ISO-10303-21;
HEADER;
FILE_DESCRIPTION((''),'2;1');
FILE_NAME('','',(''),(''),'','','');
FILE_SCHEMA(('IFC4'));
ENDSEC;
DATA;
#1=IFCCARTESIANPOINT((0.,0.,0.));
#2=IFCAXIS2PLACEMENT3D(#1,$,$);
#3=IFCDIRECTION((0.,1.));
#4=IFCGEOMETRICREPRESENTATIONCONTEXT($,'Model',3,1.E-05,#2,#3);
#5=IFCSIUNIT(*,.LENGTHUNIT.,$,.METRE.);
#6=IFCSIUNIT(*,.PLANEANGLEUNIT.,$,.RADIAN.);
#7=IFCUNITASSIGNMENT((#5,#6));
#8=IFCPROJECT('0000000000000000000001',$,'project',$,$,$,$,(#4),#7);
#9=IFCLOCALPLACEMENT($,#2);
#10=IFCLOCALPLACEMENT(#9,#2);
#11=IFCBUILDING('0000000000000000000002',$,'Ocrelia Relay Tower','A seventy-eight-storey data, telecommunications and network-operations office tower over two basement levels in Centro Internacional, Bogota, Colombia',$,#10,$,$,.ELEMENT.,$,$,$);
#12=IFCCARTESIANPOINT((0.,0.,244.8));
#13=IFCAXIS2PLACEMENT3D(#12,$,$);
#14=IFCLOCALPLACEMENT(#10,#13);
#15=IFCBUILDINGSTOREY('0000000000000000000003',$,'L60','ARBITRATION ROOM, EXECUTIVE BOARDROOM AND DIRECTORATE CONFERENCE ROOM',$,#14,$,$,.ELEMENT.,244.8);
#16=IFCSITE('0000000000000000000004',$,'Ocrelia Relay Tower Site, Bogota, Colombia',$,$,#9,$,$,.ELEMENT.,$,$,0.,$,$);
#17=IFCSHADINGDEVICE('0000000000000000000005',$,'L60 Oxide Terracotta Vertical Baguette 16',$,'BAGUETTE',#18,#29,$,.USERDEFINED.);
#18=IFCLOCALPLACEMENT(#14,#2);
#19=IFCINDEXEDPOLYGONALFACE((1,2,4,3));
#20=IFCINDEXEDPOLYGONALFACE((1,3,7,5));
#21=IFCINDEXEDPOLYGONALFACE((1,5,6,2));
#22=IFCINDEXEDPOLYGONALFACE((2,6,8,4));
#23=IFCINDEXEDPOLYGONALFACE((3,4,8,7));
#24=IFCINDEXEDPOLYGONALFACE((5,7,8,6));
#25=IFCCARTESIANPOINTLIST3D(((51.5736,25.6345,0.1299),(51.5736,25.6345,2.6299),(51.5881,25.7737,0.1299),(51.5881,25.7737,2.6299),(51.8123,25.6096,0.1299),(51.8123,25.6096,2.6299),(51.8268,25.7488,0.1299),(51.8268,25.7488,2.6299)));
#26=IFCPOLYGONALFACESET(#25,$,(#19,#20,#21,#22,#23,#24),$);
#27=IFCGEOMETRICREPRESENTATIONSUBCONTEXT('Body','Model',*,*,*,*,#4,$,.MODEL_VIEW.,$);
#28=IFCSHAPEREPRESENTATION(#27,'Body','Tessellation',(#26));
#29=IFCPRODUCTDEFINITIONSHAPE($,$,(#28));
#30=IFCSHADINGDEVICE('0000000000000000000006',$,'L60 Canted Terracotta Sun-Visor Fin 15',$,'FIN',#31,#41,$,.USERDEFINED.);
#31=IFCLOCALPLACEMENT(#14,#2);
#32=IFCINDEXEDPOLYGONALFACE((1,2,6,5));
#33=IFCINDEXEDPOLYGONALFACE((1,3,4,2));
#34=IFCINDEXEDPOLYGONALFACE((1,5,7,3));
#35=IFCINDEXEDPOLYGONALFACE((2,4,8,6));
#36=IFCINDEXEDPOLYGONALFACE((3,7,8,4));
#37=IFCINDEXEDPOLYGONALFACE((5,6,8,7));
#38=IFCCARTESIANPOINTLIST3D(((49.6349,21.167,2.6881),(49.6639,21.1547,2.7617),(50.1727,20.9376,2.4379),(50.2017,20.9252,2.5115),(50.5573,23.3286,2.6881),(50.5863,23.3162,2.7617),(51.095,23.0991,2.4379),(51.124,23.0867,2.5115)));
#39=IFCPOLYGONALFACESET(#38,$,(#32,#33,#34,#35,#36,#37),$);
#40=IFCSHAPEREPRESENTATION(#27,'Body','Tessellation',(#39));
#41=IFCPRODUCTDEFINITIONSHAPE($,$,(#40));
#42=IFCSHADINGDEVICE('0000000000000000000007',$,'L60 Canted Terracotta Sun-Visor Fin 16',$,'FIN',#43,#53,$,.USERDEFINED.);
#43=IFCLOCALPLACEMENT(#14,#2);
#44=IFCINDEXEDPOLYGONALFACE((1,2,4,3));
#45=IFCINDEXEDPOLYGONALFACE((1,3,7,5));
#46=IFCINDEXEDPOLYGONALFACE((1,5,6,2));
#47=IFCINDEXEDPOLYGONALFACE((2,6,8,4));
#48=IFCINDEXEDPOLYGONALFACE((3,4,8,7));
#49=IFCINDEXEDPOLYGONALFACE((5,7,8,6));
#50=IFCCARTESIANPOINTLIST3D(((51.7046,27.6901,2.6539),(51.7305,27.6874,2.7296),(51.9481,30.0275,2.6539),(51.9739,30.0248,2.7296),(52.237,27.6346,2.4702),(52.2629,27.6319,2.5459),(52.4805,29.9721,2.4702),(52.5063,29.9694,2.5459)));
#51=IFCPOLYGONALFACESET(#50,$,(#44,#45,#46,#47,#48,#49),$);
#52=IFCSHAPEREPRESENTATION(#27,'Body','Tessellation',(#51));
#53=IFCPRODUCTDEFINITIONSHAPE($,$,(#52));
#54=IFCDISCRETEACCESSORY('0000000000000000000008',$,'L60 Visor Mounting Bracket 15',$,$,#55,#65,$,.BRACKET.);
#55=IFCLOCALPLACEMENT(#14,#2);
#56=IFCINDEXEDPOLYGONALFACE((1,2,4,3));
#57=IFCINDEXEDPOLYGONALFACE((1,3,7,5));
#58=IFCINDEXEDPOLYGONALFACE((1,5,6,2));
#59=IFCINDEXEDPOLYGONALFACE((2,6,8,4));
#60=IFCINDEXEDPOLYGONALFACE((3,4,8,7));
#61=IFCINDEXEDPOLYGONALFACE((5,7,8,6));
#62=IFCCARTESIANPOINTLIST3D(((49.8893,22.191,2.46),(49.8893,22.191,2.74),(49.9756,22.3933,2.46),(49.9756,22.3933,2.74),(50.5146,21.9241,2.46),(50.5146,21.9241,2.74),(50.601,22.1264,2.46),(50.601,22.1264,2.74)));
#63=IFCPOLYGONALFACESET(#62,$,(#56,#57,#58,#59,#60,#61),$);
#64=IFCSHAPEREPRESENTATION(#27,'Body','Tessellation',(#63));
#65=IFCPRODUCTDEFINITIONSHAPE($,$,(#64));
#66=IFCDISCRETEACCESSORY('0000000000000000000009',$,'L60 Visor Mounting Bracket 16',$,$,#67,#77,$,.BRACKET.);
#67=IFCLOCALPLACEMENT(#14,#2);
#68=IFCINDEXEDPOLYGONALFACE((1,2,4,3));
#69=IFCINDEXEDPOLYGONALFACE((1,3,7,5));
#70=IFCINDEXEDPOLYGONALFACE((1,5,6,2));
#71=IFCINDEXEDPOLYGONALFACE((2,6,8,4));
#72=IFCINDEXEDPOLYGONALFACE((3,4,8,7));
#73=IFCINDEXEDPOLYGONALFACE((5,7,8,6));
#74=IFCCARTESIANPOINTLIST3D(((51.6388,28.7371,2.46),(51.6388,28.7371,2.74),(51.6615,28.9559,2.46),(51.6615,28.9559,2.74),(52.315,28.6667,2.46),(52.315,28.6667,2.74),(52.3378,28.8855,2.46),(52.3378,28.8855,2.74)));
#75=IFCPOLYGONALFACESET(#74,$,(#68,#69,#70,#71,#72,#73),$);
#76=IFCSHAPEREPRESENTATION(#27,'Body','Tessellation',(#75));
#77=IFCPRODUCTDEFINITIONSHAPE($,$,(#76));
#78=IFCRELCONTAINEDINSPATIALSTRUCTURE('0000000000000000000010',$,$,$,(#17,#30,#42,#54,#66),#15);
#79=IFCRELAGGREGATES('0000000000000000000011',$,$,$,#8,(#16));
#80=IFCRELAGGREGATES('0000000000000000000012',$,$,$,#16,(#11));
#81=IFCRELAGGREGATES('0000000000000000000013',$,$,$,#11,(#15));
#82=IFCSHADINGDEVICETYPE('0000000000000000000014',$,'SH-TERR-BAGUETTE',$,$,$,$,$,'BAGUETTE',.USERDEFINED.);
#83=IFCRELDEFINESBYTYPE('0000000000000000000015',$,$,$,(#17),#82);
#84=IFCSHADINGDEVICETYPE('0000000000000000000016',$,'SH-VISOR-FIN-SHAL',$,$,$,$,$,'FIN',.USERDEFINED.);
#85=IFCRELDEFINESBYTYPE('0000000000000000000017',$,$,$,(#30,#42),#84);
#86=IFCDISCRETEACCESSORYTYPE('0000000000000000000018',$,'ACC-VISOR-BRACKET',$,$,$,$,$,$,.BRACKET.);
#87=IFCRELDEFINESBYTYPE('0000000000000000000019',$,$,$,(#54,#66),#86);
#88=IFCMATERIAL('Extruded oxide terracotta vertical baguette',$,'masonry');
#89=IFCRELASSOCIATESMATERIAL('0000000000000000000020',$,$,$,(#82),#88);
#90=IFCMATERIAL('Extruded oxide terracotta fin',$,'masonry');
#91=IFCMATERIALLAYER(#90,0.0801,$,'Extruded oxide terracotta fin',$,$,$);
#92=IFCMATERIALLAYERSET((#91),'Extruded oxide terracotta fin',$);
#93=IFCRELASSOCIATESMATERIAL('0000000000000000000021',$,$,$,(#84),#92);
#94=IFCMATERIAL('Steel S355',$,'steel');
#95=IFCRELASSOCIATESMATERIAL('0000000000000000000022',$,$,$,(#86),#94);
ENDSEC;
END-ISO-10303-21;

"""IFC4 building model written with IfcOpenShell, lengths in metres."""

from ifc_helpers import new_model, si_unit, direction, frame, origin, origin_2d, place, context, subcontext, project, spatial, rectangle, extrude, material, layer, layer_set, type_object, element, save


model = new_model("IFC4")

# Units and contexts
model_context = context("Model", 3, precision=1e-05, world=origin(), true_north=direction((0.0, 1.0)))
body_context = subcontext(model_context, "Body", "Model", "MODEL_VIEW")
ifc_project = project(units=[si_unit("LENGTHUNIT", "METRE"), si_unit("PLANEANGLEUNIT", "RADIAN")], contexts=[model_context])

# Site, building, storey
site_placement = place(None, origin())
site = spatial("IfcSite", under=ifc_project, at=site_placement, Name="Ocrelia Relay Tower Site, Bogota, Colombia", CompositionType="ELEMENT", RefElevation=0.0)
building_placement = place(site_placement, origin())
building = spatial("IfcBuilding", under=site, at=building_placement, Name="Ocrelia Relay Tower", Description="A seventy-eight-storey data, telecommunications and network-operations office tower over two basement levels in Centro Internacional, Bogota, Colombia", CompositionType="ELEMENT")
storey_placement = place(building_placement, frame((0.0, 0.0, 244.8)))
storey = spatial("IfcBuildingStorey", under=building, at=storey_placement, Name="L60", Description="ARBITRATION ROOM, EXECUTIVE BOARDROOM AND DIRECTORATE CONFERENCE ROOM", CompositionType="ELEMENT", Elevation=244.8)

# Shared definitions
ifc_material_1 = material(Name="Steel S355", Category="steel")

# Shading devices
ifc_material_2 = material(Name="Extruded oxide terracotta vertical baguette", Category="masonry")
shading_device_type_1 = type_object("IfcShadingDeviceType", Name="SH-TERR-BAGUETTE", ElementType="BAGUETTE", PredefinedType="USERDEFINED", material=ifc_material_2)
for number, where, z_axis, x_axis, name in (
    (1, (51.7002, 25.6917, 0.1299), (0.0, 0.0, 1.0), (0.103596, 0.99462, 0.0), "L60 Oxide Terracotta Vertical Baguette 16"),
):
    element("IfcShadingDevice", number, at=place(storey_placement, frame(where, z_axis=z_axis, x_axis=x_axis)), inside=storey, type_object=shading_device_type_1, Name=name, ObjectType="BAGUETTE", PredefinedType="USERDEFINED", context=body_context, shape_type="SweptSolid", body=[
        extrude(rectangle(XDim=0.1399, YDim=0.24, at=origin_2d()), origin(), (0.0, 0.0, 1.0), 2.5),
    ])
ifc_material_3 = material(Name="Extruded oxide terracotta fin", Category="masonry")
ifc_layer_1 = layer(ifc_material_3, 0.0801, Name="Extruded oxide terracotta fin")
ifc_layer_set_1 = layer_set([ifc_layer_1], Name="Extruded oxide terracotta fin")
shading_device_type_2 = type_object("IfcShadingDeviceType", Name="SH-VISOR-FIN-SHAL", ElementType="FIN", PredefinedType="USERDEFINED", material=ifc_layer_set_1)
shading_device_1_placement = place(storey_placement, frame((50.365, 22.1331, 2.563), z_axis=(0.361891, -0.154422, 0.919341), x_axis=(0.39247, 0.919765, 0.0)))
element("IfcShadingDevice", 2, at=shading_device_1_placement, inside=storey, type_object=shading_device_type_2, Name="L60 Canted Terracotta Sun-Visor Fin 15", ObjectType="FIN", PredefinedType="USERDEFINED", context=body_context, shape_type="SweptSolid", body=[
    extrude(rectangle(XDim=2.3501, YDim=0.636, at=origin_2d()), origin(), (0.0, 0.0, 1.0), 0.0801),
])
shading_device_2_placement = place(storey_placement, frame((52.0925, 28.8311, 2.562), z_axis=(0.322831, -0.033625, 0.945859), x_axis=(0.103596, 0.99462, 0.0)))
element("IfcShadingDevice", 3, at=shading_device_2_placement, inside=storey, type_object=shading_device_type_2, Name="L60 Canted Terracotta Sun-Visor Fin 16", ObjectType="FIN", PredefinedType="USERDEFINED", context=body_context, shape_type="SweptSolid", body=[
    extrude(rectangle(XDim=2.3501, YDim=0.5659, at=origin_2d()), origin(), (0.0, 0.0, 1.0), 0.0801),
])

# Discrete accessories
discrete_accessory_type = type_object("IfcDiscreteAccessoryType", Name="ACC-VISOR-BRACKET", PredefinedType="BRACKET", material=ifc_material_1)
for number, where, z_axis, x_axis, name in (
    (4, (50.2451, 22.1587, 2.46), (0.0, 0.0, 1.0), (0.39247, 0.919765, 0.0), "L60 Visor Mounting Bracket 15"),
    (5, (51.9883, 28.8113, 2.46), (0.0, 0.0, 1.0), (0.103596, 0.99462, 0.0), "L60 Visor Mounting Bracket 16"),
):
    element("IfcDiscreteAccessory", number, at=place(storey_placement, frame(where, z_axis=z_axis, x_axis=x_axis)), inside=storey, type_object=discrete_accessory_type, Name=name, PredefinedType="BRACKET", context=body_context, shape_type="SweptSolid", body=[
        extrude(rectangle(XDim=0.22, YDim=0.6799, at=origin_2d()), origin(), (0.0, 0.0, 1.0), 0.28),
    ])

save(model, "model.ifc")
